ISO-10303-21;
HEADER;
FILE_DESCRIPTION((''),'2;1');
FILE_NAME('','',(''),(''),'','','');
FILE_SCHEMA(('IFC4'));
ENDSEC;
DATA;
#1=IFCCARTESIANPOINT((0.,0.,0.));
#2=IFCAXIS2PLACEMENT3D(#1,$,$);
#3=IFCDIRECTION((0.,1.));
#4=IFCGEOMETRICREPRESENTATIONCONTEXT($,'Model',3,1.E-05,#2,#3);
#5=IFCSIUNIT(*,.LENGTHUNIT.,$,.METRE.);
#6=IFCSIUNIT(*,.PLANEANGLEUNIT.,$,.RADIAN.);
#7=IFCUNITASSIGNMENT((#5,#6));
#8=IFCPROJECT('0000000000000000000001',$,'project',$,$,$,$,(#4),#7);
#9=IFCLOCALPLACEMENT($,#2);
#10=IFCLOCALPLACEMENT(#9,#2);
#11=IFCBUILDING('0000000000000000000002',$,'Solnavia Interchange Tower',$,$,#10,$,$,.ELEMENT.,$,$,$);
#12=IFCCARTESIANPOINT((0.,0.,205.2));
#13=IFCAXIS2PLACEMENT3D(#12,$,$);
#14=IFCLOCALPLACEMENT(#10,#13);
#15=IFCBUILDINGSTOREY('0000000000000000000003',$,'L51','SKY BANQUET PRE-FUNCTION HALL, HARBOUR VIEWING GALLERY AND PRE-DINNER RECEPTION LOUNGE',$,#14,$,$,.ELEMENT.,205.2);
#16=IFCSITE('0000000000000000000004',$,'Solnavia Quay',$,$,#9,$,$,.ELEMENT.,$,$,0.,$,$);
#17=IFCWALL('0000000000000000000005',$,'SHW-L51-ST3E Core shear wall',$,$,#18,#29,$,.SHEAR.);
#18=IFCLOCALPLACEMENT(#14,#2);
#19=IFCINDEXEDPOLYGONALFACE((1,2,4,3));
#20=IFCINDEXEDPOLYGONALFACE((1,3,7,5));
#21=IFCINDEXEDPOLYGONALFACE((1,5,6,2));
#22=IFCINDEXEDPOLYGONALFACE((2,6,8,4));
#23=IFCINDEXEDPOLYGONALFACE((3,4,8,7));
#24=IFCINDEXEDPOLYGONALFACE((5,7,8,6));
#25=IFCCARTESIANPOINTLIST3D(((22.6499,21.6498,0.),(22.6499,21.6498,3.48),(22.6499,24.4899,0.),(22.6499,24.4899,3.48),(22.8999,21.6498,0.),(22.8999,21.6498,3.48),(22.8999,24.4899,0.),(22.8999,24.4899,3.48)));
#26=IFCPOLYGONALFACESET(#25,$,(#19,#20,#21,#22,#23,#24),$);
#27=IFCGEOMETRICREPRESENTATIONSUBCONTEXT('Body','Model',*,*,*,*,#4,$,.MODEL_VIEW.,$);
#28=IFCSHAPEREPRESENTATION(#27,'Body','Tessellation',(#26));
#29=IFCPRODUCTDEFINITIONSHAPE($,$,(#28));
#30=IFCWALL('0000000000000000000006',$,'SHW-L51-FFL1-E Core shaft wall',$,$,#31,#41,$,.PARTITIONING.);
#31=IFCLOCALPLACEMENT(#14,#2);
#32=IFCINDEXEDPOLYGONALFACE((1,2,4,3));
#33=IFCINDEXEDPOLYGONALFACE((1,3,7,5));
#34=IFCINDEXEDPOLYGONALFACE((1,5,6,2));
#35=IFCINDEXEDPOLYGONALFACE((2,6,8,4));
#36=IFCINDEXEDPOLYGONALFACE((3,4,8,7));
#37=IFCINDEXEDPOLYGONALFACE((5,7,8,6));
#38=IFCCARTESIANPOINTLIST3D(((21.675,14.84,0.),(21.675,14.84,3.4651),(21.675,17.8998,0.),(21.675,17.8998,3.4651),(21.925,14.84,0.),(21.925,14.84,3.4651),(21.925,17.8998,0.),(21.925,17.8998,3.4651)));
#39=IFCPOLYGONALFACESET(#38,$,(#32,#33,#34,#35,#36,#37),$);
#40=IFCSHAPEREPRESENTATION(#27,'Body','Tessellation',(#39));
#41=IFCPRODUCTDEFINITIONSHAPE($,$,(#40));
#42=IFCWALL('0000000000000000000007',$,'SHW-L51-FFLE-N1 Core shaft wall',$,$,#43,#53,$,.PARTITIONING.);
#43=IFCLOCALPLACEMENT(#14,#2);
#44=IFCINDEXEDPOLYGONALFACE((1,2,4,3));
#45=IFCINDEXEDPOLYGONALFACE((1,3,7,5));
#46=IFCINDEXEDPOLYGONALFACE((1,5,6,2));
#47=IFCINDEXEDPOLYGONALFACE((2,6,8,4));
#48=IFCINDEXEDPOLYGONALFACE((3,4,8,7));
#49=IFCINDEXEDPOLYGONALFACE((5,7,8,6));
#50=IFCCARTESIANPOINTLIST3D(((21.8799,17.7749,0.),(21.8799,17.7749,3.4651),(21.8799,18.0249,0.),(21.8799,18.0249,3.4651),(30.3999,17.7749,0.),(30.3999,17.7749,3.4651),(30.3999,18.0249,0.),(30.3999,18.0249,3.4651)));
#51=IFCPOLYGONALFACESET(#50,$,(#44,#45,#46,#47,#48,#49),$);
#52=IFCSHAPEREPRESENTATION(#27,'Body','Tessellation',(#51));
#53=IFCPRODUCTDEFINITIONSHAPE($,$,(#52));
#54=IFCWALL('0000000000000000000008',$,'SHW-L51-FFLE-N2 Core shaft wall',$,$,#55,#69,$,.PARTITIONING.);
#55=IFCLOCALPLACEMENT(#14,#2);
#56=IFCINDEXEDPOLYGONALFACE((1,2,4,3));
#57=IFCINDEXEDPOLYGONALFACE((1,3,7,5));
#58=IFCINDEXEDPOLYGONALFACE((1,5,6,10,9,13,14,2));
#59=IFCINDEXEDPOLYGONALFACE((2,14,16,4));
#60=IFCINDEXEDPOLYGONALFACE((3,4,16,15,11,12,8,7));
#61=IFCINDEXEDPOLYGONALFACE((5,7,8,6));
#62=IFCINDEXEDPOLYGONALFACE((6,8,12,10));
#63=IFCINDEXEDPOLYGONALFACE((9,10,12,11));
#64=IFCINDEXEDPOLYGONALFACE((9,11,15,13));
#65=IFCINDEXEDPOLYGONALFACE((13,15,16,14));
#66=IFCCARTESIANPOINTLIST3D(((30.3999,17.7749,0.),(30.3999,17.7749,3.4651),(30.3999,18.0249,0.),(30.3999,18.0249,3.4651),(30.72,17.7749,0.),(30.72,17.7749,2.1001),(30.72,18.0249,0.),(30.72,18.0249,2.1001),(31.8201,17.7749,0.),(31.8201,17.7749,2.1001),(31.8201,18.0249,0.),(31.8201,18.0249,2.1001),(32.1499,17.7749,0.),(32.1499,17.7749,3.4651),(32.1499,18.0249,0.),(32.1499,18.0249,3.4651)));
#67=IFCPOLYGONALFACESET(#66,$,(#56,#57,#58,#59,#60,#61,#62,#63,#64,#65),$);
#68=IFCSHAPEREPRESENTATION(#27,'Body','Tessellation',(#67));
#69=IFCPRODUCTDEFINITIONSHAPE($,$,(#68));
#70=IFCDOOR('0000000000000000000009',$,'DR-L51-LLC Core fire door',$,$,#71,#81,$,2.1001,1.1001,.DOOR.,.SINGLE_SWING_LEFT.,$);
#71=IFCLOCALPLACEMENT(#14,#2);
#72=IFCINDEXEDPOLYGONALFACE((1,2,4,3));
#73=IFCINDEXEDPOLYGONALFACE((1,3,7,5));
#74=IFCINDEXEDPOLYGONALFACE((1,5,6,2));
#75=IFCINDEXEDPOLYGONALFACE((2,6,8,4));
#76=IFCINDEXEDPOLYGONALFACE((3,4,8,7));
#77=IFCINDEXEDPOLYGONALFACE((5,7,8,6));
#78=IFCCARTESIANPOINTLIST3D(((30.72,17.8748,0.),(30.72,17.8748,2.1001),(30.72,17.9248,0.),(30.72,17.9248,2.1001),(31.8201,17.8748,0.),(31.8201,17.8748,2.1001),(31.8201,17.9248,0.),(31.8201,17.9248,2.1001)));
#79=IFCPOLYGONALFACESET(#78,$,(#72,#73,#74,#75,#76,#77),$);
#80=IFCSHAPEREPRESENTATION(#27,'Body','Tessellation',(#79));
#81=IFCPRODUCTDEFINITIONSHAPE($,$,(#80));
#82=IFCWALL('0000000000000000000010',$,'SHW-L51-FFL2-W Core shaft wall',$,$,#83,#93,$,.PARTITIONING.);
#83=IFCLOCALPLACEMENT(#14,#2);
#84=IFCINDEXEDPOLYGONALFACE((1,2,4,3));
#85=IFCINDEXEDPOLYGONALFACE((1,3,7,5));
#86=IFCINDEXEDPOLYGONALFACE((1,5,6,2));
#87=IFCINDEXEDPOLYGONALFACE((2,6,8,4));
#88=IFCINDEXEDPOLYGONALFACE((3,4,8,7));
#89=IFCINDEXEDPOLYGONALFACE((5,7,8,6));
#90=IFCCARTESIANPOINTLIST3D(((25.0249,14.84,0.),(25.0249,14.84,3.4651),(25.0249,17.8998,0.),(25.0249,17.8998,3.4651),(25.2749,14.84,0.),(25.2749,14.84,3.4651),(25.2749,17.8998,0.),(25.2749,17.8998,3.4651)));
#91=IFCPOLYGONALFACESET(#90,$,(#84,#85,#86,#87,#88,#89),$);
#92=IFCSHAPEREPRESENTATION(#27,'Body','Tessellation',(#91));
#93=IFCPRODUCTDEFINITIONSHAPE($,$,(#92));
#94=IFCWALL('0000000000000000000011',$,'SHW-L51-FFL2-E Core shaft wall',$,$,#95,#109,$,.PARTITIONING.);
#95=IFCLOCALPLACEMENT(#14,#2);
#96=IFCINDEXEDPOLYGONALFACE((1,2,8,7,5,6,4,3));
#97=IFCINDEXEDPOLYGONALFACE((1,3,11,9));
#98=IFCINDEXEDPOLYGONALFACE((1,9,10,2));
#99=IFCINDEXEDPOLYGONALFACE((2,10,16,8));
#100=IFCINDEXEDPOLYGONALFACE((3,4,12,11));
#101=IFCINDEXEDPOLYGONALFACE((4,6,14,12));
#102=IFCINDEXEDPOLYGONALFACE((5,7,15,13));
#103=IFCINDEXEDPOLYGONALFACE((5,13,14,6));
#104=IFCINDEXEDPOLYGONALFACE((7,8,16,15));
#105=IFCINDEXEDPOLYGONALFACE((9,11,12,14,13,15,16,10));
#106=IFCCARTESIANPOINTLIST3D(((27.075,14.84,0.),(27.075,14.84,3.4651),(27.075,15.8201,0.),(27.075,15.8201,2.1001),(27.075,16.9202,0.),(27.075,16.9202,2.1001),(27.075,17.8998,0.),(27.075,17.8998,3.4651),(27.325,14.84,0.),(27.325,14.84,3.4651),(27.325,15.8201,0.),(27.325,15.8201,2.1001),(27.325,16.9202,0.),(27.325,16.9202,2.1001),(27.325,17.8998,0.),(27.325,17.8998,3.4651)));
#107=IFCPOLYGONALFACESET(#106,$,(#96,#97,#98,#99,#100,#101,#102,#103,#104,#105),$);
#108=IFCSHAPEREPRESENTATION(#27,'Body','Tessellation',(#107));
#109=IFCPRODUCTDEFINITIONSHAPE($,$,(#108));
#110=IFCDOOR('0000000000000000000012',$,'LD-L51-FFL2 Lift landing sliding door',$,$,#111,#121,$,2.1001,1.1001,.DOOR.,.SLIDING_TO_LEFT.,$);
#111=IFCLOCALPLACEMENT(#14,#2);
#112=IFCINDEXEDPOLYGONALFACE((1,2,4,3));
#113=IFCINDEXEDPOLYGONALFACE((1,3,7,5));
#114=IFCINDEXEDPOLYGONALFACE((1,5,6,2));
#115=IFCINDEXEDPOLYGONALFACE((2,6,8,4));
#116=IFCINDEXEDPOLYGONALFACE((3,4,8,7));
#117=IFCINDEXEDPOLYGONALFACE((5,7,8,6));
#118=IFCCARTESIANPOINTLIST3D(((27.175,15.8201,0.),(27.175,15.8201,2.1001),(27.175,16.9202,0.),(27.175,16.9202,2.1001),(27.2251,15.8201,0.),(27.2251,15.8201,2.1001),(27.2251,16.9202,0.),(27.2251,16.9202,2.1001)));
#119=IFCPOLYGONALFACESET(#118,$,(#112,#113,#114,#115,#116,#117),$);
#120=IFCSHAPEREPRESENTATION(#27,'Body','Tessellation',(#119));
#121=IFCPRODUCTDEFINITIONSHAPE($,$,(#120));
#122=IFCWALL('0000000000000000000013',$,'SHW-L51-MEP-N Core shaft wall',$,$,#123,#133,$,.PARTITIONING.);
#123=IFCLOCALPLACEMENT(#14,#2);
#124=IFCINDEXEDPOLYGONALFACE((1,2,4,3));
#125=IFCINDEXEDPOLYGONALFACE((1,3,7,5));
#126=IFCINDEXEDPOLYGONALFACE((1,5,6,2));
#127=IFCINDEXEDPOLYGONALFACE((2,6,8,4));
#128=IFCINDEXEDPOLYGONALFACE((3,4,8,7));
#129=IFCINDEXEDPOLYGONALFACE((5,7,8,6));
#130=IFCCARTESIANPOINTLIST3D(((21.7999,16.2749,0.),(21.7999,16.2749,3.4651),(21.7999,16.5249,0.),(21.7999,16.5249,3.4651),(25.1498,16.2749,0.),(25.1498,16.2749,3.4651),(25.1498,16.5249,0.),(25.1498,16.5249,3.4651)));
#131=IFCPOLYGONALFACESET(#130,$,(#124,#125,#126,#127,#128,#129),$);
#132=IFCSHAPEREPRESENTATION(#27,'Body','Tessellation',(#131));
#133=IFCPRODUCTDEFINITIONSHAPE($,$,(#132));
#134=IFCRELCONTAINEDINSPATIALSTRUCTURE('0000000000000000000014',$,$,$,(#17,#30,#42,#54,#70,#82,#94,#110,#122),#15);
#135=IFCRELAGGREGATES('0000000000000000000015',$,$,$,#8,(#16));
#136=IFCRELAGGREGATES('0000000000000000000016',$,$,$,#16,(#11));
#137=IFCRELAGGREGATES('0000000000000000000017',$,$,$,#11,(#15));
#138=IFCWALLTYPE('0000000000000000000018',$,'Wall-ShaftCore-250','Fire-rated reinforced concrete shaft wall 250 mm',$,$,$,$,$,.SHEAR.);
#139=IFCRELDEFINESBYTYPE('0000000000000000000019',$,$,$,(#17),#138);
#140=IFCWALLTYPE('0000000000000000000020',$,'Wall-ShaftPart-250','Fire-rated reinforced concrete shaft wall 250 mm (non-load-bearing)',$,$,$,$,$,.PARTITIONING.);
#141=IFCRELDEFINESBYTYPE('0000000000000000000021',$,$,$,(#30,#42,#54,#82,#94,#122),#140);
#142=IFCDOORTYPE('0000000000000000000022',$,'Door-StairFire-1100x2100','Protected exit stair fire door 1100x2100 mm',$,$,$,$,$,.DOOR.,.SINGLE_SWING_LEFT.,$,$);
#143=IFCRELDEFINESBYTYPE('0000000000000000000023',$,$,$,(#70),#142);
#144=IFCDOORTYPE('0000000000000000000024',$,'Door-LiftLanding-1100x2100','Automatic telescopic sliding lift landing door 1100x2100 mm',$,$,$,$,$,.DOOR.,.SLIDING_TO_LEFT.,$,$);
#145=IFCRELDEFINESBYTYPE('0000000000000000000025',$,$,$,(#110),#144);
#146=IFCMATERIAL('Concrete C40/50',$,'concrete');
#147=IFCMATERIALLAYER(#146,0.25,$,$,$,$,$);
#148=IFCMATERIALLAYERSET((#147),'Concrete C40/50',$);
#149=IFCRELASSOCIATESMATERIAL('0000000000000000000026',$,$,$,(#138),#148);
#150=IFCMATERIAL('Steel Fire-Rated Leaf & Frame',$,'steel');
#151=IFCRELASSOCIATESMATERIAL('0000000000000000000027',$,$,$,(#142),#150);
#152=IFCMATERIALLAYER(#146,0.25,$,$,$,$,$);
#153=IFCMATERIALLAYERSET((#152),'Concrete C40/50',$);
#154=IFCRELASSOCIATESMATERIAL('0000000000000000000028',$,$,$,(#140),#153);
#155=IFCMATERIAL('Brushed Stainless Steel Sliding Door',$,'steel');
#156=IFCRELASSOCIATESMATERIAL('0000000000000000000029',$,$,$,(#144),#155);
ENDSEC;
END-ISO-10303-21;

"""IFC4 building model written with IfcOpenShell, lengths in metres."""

from ifc_helpers import new_model, si_unit, direction, frame, frame_2d, origin, place, context, subcontext, project, spatial, rectangle, extrude, material, layer, layer_set, type_object, element, fill, save


model = new_model("IFC4")

# Units and contexts
model_context = context("Model", 3, precision=1e-05, world=origin(), true_north=direction((0.0, 1.0)))
body_context = subcontext(model_context, "Body", "Model", "MODEL_VIEW")
ifc_project = project(units=[si_unit("LENGTHUNIT", "METRE"), si_unit("PLANEANGLEUNIT", "RADIAN")], contexts=[model_context])

# Site, building, storey
site_placement = place(None, origin())
site = spatial("IfcSite", under=ifc_project, at=site_placement, Name="Solnavia Quay", CompositionType="ELEMENT", RefElevation=0.0)
building_placement = place(site_placement, origin())
building = spatial("IfcBuilding", under=site, at=building_placement, Name="Solnavia Interchange Tower", CompositionType="ELEMENT")
storey_placement = place(building_placement, frame((0.0, 0.0, 205.2)))
storey = spatial("IfcBuildingStorey", under=building, at=storey_placement, Name="L51", Description="SKY BANQUET PRE-FUNCTION HALL, HARBOUR VIEWING GALLERY AND PRE-DINNER RECEPTION LOUNGE", CompositionType="ELEMENT", Elevation=205.2)

# Shared definitions
ifc_material_1 = material(Name="Concrete C40/50", Category="concrete")
ifc_layer_1 = layer(ifc_material_1, 0.25)
ifc_layer_set_1 = layer_set([ifc_layer_1], Name="Concrete C40/50")
wall_type_1 = type_object("IfcWallType", Name="Wall-ShaftCore-250", Description="Fire-rated reinforced concrete shaft wall 250 mm", PredefinedType="SHEAR", material=ifc_layer_set_1)
ifc_material_2 = material(Name="Steel Fire-Rated Leaf & Frame", Category="steel")
door_type_1 = type_object("IfcDoorType", Name="Door-StairFire-1100x2100", Description="Protected exit stair fire door 1100x2100 mm", OperationType="SINGLE_SWING_LEFT", PredefinedType="DOOR", material=ifc_material_2)

# Walls
wall_1_placement = place(storey_placement, frame((22.7749, 21.6499, 0.0), z_axis=(0.0, 0.0, 1.0), x_axis=(0.0, 1.0, 0.0)))
element("IfcWall", 1, at=wall_1_placement, inside=storey, type_object=wall_type_1, Name="SHW-L51-ST3E Core shear wall", PredefinedType="SHEAR", context=body_context, shape_type="SweptSolid", body=[
    extrude(rectangle(XDim=2.8401, YDim=0.25, at=frame_2d((1.4199, 0.0))), origin(), (0.0, 0.0, 1.0), 3.48),
])
ifc_layer_2 = layer(ifc_material_1, 0.25)
ifc_layer_set_2 = layer_set([ifc_layer_2], Name="Concrete C40/50")
wall_type_2 = type_object("IfcWallType", Name="Wall-ShaftPart-250", Description="Fire-rated reinforced concrete shaft wall 250 mm (non-load-bearing)", PredefinedType="PARTITIONING", material=ifc_layer_set_2)
wall_2_placement = place(storey_placement, frame((21.8, 14.8401, 0.0), z_axis=(0.0, 0.0, 1.0), x_axis=(0.0, 1.0, 0.0)))
element("IfcWall", 2, at=wall_2_placement, inside=storey, type_object=wall_type_2, Name="SHW-L51-FFL1-E Core shaft wall", PredefinedType="PARTITIONING", context=body_context, shape_type="SweptSolid", body=[
    extrude(rectangle(XDim=3.0598, YDim=0.25, at=frame_2d((1.5298, 0.0))), origin(), (0.0, 0.0, 1.0), 3.4651),
])
wall_3_placement = place(storey_placement, frame((21.8799, 17.8999, 0.0), z_axis=(0.0, 0.0, 1.0), x_axis=(1.0, 0.0, 0.0)))
element("IfcWall", 3, at=wall_3_placement, inside=storey, type_object=wall_type_2, Name="SHW-L51-FFLE-N1 Core shaft wall", PredefinedType="PARTITIONING", context=body_context, shape_type="SweptSolid", body=[
    extrude(rectangle(XDim=8.52, YDim=0.25, at=frame_2d((4.26, 0.0))), origin(), (0.0, 0.0, 1.0), 3.4651),
])

# Wall, opening, door
wall_4_placement = place(storey_placement, frame((30.3999, 17.8999, 0.0), z_axis=(0.0, 0.0, 1.0), x_axis=(1.0, 0.0, 0.0)))
wall_4 = element("IfcWall", 4, at=wall_4_placement, inside=storey, type_object=wall_type_2, Name="SHW-L51-FFLE-N2 Core shaft wall", PredefinedType="PARTITIONING", context=body_context, shape_type="SweptSolid", body=[
    extrude(rectangle(XDim=1.75, YDim=0.25, at=frame_2d((0.875, 0.0))), origin(), (0.0, 0.0, 1.0), 3.4651),
])
opening_1_placement = place(wall_4_placement, frame((0.3201, 0.0, 0.0)))
opening_1 = element("IfcOpeningElement", 5, at=opening_1_placement, cuts=wall_4, PredefinedType="OPENING", context=body_context, shape_type="SweptSolid", body=[
    extrude(rectangle(XDim=1.1001, YDim=2.1001, at=frame_2d((0.55, 1.05))), frame((0.0, 0.135, 0.0), z_axis=(0.0, -1.0, 0.0), x_axis=(1.0, 0.0, 0.0)), (0.0, 0.0, 1.0), 0.27),
])
door_1_placement = place(opening_1_placement, origin())
door_1 = element("IfcDoor", 6, at=door_1_placement, inside=storey, type_object=door_type_1, Name="DR-L51-LLC Core fire door", OperationType="SINGLE_SWING_LEFT", OverallHeight=2.1001, OverallWidth=1.1001, PredefinedType="DOOR", context=body_context, shape_type="SweptSolid", body=[
    extrude(rectangle(XDim=1.1001, YDim=2.1001, at=frame_2d((0.55, 1.05))), frame((0.0, 0.0249, 0.0), z_axis=(0.0, -1.0, 0.0), x_axis=(1.0, 0.0, 0.0)), (0.0, 0.0, 1.0), 0.05),
])
fill(opening_1, door_1)

# Wall
wall_5_placement = place(storey_placement, frame((25.1499, 14.8401, 0.0), z_axis=(0.0, 0.0, 1.0), x_axis=(0.0, 1.0, 0.0)))
element("IfcWall", 7, at=wall_5_placement, inside=storey, type_object=wall_type_2, Name="SHW-L51-FFL2-W Core shaft wall", PredefinedType="PARTITIONING", context=body_context, shape_type="SweptSolid", body=[
    extrude(rectangle(XDim=3.0598, YDim=0.25, at=frame_2d((1.5298, 0.0))), origin(), (0.0, 0.0, 1.0), 3.4651),
])

# Wall, opening, door
wall_6_placement = place(storey_placement, frame((27.2, 14.8401, 0.0), z_axis=(0.0, 0.0, 1.0), x_axis=(0.0, 1.0, 0.0)))
wall_6 = element("IfcWall", 8, at=wall_6_placement, inside=storey, type_object=wall_type_2, Name="SHW-L51-FFL2-E Core shaft wall", PredefinedType="PARTITIONING", context=body_context, shape_type="SweptSolid", body=[
    extrude(rectangle(XDim=3.0598, YDim=0.25, at=frame_2d((1.5298, 0.0))), origin(), (0.0, 0.0, 1.0), 3.4651),
])
opening_2_placement = place(wall_6_placement, frame((0.98, 0.0, 0.0)))
opening_2 = element("IfcOpeningElement", 9, at=opening_2_placement, cuts=wall_6, PredefinedType="OPENING", context=body_context, shape_type="SweptSolid", body=[
    extrude(rectangle(XDim=1.1001, YDim=2.1001, at=frame_2d((0.55, 1.05))), frame((0.0, 0.135, 0.0), z_axis=(0.0, -1.0, 0.0), x_axis=(1.0, 0.0, 0.0)), (0.0, 0.0, 1.0), 0.27),
])
ifc_material_3 = material(Name="Brushed Stainless Steel Sliding Door", Category="steel")
door_type_2 = type_object("IfcDoorType", Name="Door-LiftLanding-1100x2100", Description="Automatic telescopic sliding lift landing door 1100x2100 mm", OperationType="SLIDING_TO_LEFT", PredefinedType="DOOR", material=ifc_material_3)
door_2_placement = place(opening_2_placement, origin())
door_2 = element("IfcDoor", 10, at=door_2_placement, inside=storey, type_object=door_type_2, Name="LD-L51-FFL2 Lift landing sliding door", OperationType="SLIDING_TO_LEFT", OverallHeight=2.1001, OverallWidth=1.1001, PredefinedType="DOOR", context=body_context, shape_type="SweptSolid", body=[
    extrude(rectangle(XDim=1.1001, YDim=2.1001, at=frame_2d((0.55, 1.05))), frame((0.0, 0.0249, 0.0), z_axis=(0.0, -1.0, 0.0), x_axis=(1.0, 0.0, 0.0)), (0.0, 0.0, 1.0), 0.05),
])
fill(opening_2, door_2)

# Wall
wall_7_placement = place(storey_placement, frame((21.8, 16.3999, 0.0), z_axis=(0.0, 0.0, 1.0), x_axis=(1.0, 0.0, 0.0)))
element("IfcWall", 11, at=wall_7_placement, inside=storey, type_object=wall_type_2, Name="SHW-L51-MEP-N Core shaft wall", PredefinedType="PARTITIONING", context=body_context, shape_type="SweptSolid", body=[
    extrude(rectangle(XDim=3.3499, YDim=0.25, at=frame_2d((1.6748, 0.0))), origin(), (0.0, 0.0, 1.0), 3.4651),
])

save(model, "model.ifc")
